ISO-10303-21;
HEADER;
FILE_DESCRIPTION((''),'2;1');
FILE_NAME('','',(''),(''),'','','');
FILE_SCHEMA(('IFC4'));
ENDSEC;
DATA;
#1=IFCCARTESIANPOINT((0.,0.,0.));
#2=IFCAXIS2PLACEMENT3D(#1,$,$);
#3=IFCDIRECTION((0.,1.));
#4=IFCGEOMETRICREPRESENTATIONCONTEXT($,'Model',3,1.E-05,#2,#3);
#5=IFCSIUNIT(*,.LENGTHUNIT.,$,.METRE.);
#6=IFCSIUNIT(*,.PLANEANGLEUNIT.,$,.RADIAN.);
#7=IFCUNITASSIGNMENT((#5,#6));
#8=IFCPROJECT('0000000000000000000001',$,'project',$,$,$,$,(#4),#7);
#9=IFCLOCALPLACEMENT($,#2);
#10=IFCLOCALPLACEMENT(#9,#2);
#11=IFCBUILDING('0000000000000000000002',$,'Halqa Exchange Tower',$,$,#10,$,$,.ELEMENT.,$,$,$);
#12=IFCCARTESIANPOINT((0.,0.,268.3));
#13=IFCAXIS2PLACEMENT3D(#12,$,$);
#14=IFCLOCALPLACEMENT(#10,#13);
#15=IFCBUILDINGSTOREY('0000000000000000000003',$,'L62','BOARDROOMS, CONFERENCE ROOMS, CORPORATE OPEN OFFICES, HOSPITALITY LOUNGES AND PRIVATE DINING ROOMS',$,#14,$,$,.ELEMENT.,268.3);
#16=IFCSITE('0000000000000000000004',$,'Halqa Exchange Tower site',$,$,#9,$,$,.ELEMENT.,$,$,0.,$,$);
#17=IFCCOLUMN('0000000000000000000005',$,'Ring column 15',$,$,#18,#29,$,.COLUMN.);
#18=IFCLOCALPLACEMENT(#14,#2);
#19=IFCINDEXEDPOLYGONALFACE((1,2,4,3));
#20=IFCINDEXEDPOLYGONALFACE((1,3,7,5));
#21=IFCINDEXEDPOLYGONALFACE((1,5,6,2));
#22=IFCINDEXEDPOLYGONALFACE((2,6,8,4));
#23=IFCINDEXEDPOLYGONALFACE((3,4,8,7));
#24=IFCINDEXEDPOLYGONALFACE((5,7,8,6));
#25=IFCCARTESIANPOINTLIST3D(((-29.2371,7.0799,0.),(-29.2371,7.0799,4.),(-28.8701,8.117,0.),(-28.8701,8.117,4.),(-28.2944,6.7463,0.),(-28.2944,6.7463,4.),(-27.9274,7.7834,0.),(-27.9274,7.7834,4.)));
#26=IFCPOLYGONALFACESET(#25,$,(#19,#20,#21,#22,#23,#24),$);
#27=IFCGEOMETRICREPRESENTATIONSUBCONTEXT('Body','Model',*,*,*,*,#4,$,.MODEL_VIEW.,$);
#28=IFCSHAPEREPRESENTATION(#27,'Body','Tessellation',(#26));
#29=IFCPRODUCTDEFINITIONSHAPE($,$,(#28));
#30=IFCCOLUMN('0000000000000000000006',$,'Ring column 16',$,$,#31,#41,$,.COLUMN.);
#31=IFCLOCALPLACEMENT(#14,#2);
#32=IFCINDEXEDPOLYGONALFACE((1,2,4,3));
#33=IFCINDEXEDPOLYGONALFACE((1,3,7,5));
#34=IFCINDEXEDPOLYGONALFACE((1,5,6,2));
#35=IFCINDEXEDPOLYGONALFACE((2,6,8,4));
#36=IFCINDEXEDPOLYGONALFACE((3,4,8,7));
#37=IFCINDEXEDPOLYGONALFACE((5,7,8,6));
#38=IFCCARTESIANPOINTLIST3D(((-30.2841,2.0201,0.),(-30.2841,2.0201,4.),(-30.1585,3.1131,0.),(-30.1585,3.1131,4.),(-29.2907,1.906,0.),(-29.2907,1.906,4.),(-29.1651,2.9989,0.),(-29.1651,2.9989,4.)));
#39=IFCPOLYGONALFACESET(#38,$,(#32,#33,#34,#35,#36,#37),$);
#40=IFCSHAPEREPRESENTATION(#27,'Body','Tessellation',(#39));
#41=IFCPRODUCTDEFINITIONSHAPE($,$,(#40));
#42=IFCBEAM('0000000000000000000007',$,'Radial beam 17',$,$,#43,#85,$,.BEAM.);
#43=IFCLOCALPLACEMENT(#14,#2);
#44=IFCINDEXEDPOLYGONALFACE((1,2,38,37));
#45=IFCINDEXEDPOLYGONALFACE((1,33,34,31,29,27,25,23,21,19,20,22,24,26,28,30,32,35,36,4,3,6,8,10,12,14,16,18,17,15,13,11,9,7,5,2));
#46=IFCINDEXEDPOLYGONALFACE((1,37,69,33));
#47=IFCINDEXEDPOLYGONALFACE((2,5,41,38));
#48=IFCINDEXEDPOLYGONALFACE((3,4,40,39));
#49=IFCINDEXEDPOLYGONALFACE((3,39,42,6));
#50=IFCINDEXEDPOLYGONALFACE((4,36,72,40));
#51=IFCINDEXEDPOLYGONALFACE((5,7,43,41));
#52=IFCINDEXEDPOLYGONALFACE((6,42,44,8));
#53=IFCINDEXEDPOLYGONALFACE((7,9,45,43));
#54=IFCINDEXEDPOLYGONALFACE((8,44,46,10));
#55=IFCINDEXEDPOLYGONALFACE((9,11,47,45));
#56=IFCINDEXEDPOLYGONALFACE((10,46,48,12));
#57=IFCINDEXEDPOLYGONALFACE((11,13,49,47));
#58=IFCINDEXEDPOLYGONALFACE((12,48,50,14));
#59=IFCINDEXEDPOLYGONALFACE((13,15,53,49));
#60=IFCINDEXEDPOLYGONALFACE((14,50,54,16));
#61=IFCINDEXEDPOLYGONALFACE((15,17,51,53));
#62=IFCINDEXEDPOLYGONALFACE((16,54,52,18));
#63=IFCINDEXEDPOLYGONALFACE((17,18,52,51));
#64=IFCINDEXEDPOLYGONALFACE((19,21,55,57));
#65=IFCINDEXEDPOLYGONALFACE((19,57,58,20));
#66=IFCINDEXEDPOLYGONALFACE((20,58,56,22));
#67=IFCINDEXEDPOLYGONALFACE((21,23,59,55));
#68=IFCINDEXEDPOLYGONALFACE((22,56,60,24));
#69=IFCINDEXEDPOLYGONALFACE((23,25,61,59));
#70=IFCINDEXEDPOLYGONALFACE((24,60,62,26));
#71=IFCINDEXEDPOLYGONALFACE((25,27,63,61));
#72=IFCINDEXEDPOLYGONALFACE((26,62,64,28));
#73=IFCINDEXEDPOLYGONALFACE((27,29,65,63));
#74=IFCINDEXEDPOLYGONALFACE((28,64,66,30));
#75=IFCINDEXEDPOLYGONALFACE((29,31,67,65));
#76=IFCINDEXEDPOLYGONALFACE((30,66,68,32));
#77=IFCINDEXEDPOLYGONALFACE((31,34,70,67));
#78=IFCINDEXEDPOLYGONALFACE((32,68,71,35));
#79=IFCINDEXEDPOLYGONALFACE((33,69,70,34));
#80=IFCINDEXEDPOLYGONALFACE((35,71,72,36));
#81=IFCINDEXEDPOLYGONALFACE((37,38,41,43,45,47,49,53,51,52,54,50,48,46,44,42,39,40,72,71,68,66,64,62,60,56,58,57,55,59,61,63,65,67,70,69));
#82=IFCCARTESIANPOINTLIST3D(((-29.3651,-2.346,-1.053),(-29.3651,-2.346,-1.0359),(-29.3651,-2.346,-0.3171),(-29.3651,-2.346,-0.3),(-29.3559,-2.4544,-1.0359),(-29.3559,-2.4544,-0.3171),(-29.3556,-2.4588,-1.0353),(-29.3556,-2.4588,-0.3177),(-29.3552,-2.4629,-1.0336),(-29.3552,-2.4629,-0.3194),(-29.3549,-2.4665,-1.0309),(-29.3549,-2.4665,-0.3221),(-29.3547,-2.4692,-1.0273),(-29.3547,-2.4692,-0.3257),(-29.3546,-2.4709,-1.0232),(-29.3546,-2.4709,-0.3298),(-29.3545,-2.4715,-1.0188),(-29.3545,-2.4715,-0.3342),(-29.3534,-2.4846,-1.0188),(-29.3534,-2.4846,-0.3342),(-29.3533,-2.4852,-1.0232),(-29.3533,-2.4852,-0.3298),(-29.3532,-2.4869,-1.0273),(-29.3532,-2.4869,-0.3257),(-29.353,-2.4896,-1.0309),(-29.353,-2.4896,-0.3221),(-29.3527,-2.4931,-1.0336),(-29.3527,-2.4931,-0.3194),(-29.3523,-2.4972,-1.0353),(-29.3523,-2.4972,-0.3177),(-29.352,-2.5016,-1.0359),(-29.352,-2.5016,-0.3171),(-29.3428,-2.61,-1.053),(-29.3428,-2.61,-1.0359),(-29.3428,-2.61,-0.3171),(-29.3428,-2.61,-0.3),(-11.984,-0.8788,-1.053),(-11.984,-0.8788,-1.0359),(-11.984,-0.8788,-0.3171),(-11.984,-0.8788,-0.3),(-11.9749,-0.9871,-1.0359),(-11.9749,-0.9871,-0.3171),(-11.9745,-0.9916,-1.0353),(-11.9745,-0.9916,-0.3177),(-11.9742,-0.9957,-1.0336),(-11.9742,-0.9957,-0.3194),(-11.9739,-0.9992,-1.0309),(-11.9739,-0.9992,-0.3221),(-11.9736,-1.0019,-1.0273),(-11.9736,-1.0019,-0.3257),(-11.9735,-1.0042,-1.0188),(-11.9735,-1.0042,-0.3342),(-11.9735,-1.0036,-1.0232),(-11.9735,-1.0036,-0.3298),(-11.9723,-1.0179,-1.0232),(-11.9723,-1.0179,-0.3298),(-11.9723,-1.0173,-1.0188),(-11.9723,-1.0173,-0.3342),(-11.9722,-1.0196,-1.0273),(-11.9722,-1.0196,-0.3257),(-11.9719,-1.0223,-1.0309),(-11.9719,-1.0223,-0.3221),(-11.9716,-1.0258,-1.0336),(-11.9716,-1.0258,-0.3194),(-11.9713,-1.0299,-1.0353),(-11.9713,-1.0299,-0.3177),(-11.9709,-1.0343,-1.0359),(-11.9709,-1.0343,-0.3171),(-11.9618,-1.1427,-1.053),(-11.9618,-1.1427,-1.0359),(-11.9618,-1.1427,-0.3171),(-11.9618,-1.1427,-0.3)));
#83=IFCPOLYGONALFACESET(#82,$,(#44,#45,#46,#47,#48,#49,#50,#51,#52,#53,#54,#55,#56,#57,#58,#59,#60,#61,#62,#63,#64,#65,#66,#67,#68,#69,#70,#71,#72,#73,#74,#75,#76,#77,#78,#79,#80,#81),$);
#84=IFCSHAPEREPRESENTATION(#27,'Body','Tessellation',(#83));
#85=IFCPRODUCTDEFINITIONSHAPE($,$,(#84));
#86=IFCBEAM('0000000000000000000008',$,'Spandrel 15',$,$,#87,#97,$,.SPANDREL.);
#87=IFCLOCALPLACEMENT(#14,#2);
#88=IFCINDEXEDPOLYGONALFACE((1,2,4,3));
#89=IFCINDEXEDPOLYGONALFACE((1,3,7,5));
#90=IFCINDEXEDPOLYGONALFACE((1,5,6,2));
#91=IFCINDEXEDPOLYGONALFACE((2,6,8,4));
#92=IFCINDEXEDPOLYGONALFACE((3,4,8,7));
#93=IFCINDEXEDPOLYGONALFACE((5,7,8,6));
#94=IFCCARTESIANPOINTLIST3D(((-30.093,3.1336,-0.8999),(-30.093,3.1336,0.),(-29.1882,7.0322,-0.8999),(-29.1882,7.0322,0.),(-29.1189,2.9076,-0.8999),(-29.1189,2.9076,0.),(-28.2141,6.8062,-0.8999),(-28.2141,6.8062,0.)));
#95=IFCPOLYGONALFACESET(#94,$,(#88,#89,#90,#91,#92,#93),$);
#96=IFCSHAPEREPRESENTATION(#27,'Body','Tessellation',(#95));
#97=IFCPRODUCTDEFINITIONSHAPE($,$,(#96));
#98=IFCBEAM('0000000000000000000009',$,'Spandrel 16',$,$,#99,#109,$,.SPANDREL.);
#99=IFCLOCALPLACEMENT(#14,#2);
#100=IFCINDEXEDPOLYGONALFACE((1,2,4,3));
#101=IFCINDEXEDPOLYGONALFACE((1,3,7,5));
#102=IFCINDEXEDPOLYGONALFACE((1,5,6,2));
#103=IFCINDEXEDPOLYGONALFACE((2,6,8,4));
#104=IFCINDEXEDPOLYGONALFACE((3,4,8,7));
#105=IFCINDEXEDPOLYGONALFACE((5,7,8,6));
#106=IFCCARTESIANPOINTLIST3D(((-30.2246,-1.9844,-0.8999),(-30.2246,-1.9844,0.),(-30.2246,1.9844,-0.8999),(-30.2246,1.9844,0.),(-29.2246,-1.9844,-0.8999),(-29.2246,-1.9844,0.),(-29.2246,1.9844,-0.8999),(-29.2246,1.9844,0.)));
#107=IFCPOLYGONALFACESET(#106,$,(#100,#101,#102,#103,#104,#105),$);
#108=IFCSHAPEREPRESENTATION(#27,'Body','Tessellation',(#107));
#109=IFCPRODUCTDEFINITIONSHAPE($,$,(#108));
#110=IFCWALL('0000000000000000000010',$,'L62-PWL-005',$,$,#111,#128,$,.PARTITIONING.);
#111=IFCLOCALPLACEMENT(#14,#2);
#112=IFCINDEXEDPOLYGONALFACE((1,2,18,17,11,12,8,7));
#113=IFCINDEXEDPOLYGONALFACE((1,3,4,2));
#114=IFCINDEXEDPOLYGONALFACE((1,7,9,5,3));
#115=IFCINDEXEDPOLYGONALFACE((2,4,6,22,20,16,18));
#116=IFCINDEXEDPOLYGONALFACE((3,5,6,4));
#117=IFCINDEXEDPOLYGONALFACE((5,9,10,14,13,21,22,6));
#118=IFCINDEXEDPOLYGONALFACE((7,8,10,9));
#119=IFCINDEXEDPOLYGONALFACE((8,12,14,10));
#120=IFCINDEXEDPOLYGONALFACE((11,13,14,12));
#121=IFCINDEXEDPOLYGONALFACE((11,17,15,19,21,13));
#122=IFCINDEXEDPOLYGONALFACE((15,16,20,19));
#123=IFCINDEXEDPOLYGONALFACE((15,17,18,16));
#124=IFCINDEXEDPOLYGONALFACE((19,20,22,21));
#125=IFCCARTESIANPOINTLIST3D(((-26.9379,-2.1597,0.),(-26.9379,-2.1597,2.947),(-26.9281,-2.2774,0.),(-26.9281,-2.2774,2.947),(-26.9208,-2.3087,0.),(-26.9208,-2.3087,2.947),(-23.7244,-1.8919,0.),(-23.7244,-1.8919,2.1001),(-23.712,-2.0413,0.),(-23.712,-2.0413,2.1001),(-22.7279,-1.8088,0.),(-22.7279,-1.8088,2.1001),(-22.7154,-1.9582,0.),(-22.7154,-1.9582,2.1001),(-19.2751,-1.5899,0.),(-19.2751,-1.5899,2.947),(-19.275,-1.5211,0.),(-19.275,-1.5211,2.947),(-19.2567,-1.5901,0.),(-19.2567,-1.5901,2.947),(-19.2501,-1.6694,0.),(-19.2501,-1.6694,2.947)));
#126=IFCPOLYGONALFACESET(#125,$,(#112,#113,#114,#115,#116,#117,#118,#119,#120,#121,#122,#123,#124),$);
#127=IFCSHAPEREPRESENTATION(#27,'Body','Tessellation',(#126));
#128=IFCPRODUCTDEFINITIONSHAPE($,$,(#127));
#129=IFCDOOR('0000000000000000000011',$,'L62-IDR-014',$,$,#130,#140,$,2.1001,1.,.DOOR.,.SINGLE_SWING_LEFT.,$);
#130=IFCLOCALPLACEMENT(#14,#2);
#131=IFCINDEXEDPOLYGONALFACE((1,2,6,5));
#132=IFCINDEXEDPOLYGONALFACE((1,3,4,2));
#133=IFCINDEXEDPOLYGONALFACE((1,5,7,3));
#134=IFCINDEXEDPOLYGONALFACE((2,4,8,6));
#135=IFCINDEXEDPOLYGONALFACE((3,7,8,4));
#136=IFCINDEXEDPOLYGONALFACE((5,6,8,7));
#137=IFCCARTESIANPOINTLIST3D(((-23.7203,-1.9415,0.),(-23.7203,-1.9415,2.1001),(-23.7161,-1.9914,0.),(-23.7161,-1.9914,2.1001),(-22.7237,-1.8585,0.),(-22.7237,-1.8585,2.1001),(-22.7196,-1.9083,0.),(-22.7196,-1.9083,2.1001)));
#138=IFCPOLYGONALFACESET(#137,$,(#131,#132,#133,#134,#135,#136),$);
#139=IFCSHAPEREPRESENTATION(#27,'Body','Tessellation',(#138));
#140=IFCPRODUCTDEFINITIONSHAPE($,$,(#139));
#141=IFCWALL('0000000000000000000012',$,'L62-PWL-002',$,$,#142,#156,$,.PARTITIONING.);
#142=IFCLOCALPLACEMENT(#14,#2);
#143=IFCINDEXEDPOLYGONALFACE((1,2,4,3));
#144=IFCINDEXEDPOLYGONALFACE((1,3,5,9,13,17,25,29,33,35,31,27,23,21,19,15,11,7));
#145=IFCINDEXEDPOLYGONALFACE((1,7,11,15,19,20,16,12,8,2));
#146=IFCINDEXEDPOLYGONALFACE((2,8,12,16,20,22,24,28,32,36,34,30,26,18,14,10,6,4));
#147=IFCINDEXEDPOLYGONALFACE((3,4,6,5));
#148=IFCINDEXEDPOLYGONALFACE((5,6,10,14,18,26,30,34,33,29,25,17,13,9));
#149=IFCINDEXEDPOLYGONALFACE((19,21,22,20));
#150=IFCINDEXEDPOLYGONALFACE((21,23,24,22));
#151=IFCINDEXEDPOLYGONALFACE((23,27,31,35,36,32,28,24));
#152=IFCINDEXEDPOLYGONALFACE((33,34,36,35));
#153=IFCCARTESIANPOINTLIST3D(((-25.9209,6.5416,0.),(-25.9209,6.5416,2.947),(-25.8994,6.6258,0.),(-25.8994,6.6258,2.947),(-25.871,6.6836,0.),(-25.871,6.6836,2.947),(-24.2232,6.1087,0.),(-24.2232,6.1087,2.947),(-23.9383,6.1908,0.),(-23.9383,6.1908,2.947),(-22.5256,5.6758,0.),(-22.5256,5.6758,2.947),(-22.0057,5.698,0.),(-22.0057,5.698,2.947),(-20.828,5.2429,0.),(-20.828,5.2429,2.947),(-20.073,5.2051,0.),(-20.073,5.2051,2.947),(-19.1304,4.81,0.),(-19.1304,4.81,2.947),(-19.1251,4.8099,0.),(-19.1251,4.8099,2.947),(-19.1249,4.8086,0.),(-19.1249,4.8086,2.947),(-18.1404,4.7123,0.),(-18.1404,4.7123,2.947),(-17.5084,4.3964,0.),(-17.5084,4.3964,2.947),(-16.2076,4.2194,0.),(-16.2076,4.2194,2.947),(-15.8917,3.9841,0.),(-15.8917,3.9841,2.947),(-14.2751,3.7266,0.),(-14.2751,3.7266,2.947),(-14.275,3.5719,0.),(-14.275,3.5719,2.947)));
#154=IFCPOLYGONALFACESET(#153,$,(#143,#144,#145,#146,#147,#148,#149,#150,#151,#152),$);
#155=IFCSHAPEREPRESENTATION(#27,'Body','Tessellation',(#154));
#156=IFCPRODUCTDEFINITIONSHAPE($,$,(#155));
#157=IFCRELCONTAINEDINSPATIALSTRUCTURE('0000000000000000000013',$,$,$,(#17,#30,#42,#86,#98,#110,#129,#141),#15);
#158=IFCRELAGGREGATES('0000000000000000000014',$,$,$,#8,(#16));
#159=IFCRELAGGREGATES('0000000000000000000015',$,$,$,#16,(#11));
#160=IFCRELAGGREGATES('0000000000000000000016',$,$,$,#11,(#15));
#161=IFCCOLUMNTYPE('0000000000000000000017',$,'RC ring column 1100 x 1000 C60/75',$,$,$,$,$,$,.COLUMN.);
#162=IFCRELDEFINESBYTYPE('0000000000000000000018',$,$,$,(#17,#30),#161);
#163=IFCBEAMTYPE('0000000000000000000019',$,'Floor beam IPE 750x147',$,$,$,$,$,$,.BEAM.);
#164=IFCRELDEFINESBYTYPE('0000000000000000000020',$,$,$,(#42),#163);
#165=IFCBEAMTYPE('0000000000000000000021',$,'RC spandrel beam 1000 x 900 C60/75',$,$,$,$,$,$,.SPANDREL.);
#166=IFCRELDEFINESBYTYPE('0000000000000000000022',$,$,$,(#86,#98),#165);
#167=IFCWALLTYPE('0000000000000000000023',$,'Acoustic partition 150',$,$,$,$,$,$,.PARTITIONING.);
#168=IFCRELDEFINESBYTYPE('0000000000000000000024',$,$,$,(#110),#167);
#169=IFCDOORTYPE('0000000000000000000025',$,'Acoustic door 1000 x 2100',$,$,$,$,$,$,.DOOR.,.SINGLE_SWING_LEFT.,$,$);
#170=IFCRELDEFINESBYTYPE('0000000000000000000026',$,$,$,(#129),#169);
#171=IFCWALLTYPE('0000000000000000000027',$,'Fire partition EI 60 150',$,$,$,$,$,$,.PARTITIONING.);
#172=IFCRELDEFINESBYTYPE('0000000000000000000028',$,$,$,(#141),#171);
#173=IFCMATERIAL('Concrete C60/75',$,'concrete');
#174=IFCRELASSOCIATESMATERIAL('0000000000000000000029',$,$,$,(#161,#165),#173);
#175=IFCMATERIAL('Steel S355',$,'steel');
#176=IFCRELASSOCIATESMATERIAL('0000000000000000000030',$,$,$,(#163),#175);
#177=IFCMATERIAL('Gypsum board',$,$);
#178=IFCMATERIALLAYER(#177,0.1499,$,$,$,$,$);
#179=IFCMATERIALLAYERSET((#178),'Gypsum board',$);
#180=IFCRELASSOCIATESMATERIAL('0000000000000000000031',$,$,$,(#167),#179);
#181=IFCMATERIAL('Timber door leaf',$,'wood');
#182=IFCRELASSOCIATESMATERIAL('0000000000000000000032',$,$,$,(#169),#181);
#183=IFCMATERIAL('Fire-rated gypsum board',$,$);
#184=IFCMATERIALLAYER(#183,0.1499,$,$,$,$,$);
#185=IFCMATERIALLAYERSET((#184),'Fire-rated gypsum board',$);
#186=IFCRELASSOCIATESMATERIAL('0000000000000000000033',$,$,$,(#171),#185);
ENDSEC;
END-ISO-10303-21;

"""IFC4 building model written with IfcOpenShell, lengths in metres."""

from ifc_helpers import new_model, si_unit, direction, frame, frame_2d, origin, origin_2d, place, context, subcontext, project, spatial, polyline, rectangle, i_section, outline, extrude, material, layer, layer_set, material_profile, profile_set, type_object, element, fill, save


model = new_model("IFC4")

# Units and contexts
model_context = context("Model", 3, precision=1e-05, world=origin(), true_north=direction((0.0, 1.0)))
body_context = subcontext(model_context, "Body", "Model", "MODEL_VIEW")
ifc_project = project(units=[si_unit("LENGTHUNIT", "METRE"), si_unit("PLANEANGLEUNIT", "RADIAN")], contexts=[model_context])

# Site, building, storey
site_placement = place(None, origin())
site = spatial("IfcSite", under=ifc_project, at=site_placement, Name="Halqa Exchange Tower site", CompositionType="ELEMENT", RefElevation=0.0)
building_placement = place(site_placement, origin())
building = spatial("IfcBuilding", under=site, at=building_placement, Name="Halqa Exchange Tower", CompositionType="ELEMENT")
storey_placement = place(building_placement, frame((0.0, 0.0, 268.3)))
storey = spatial("IfcBuildingStorey", under=building, at=storey_placement, Name="L62", Description="BOARDROOMS, CONFERENCE ROOMS, CORPORATE OPEN OFFICES, HOSPITALITY LOUNGES AND PRIVATE DINING ROOMS", CompositionType="ELEMENT", Elevation=268.3)

# Columns
ifc_material_1 = material(Name="Concrete C60/75", Category="concrete")
ifc_material_profile_1 = material_profile(ifc_material_1, rectangle(XDim=1.1001, YDim=1.0, at=origin_2d()), Name="1100 x 1000")
ifc_profile_set_1 = profile_set([ifc_material_profile_1], Name="Concrete C60/75")
column_type = type_object("IfcColumnType", Name="RC ring column 1100 x 1000 C60/75", PredefinedType="COLUMN", material=ifc_profile_set_1)
for number, where, z_axis, x_axis, name in (
    (1, (-28.5823, 7.4316, 0.0), (0.0, 0.0, 1.0), (-0.333628, -0.942705, 0.0), "Ring column 15"),
    (2, (-29.7246, 2.5095, 0.0), (0.0, 0.0, 1.0), (-0.114155, -0.993463, 0.0), "Ring column 16"),
):
    element("IfcColumn", number, at=place(storey_placement, frame(where, z_axis=z_axis, x_axis=x_axis)), inside=storey, type_object=column_type, Name=name, PredefinedType="COLUMN", context=body_context, shape_type="SweptSolid", body=[
        extrude(rectangle(XDim=1.1001, YDim=1.0, at=origin_2d()), origin(), (0.0, 0.0, 1.0), 4.0),
    ])

# Beams
ifc_material_2 = material(Name="Steel S355", Category="steel")
ifc_material_profile_2 = material_profile(ifc_material_2, i_section(OverallWidth=0.2649, OverallDepth=0.7529, WebThickness=0.0132, FlangeThickness=0.0171, FilletRadius=0.0171, at=origin_2d()), Name="IPE 750x147")
ifc_profile_set_2 = profile_set([ifc_material_profile_2], Name="Steel S355")
beam_type_1 = type_object("IfcBeamType", Name="Floor beam IPE 750x147", PredefinedType="BEAM", material=ifc_profile_set_2)
beam_1_placement = place(storey_placement, frame((-11.9729, -1.0107, -0.6765), z_axis=(-0.996456, -0.084119, 0.0), x_axis=(0.084119, -0.996456, 0.0)))
element("IfcBeam", 3, at=beam_1_placement, inside=storey, type_object=beam_type_1, Name="Radial beam 17", PredefinedType="BEAM", context=body_context, shape_type="SweptSolid", body=[
    extrude(i_section(OverallWidth=0.2649, OverallDepth=0.7529, WebThickness=0.0132, FlangeThickness=0.0171, FilletRadius=0.0171, at=origin_2d()), origin(), (0.0, 0.0, 1.0), 17.4429),
])
ifc_material_profile_3 = material_profile(ifc_material_1, rectangle(XDim=1.0, YDim=0.8999, at=origin_2d()), Name="1000 x 900")
ifc_profile_set_3 = profile_set([ifc_material_profile_3], Name="Concrete C60/75")
beam_type_2 = type_object("IfcBeamType", Name="RC spandrel beam 1000 x 900 C60/75", PredefinedType="SPANDREL", material=ifc_profile_set_3)
beam_2_placement = place(storey_placement, frame((-28.7012, 6.9192, -0.45), z_axis=(-0.226067, -0.974112, 0.0), x_axis=(0.974112, -0.226067, 0.0)))
element("IfcBeam", 4, at=beam_2_placement, inside=storey, type_object=beam_type_2, Name="Spandrel 15", PredefinedType="SPANDREL", context=body_context, shape_type="SweptSolid", body=[
    extrude(rectangle(XDim=1.0, YDim=0.8999, at=origin_2d()), origin(), (0.0, 0.0, 1.0), 4.0022),
])
beam_3_placement = place(storey_placement, frame((-29.7246, 1.9844, -0.45), z_axis=(0.0, -1.0, 0.0), x_axis=(1.0, 0.0, 0.0)))
element("IfcBeam", 5, at=beam_3_placement, inside=storey, type_object=beam_type_2, Name="Spandrel 16", PredefinedType="SPANDREL", context=body_context, shape_type="SweptSolid", body=[
    extrude(rectangle(XDim=1.0, YDim=0.8999, at=origin_2d()), origin(), (0.0, 0.0, 1.0), 3.9688),
])

# Wall, opening, door
ifc_material_3 = material(Name="Gypsum board")
ifc_layer_1 = layer(ifc_material_3, 0.1499)
ifc_layer_set_1 = layer_set([ifc_layer_1], Name="Gypsum board")
wall_type_1 = type_object("IfcWallType", Name="Acoustic partition 150", PredefinedType="PARTITIONING", material=ifc_layer_set_1)
wall_1_placement = place(storey_placement, frame((-19.2563, -1.5947, 0.0), z_axis=(0.0, 0.0, 1.0), x_axis=(-0.996545, -0.083051, 0.0)))
wall_1 = element("IfcWall", 6, at=wall_1_placement, inside=storey, type_object=wall_type_1, Name="L62-PWL-005", PredefinedType="PARTITIONING", context=body_context, shape_type="SweptSolid", body=[
    extrude(outline(polyline([(7.7019, -0.075), (7.7019, 0.0432), (7.6973, 0.075), (5.7729, 0.075), (3.8486, 0.075), (1.9243, 0.075), (0.0, 0.075), (0.0, -0.0046), (0.0183, -0.0063), (0.0125, -0.075), (1.9348, -0.075), (3.8572, -0.075), (5.7795, -0.075), (7.7019, -0.075)])), origin(), (0.0, 0.0, 1.0), 2.947),
])
opening_1_placement = place(wall_1_placement, frame((3.4773, 0.0, 0.0)))
opening_1 = element("IfcOpeningElement", 7, at=opening_1_placement, cuts=wall_1, PredefinedType="OPENING", context=body_context, shape_type="SweptSolid", body=[
    extrude(rectangle(XDim=1.0, YDim=2.1001, at=frame_2d((0.5, 1.05))), frame((0.0, 0.0869, 0.0), z_axis=(0.0, -1.0, 0.0), x_axis=(1.0, 0.0, 0.0)), (0.0, 0.0, 1.0), 0.1738),
])
ifc_material_4 = material(Name="Timber door leaf", Category="wood")
door_type_1 = type_object("IfcDoorType", Name="Acoustic door 1000 x 2100", OperationType="SINGLE_SWING_LEFT", PredefinedType="DOOR", material=ifc_material_4)
door_1_placement = place(opening_1_placement, origin())
door_1 = element("IfcDoor", 8, at=door_1_placement, inside=storey, type_object=door_type_1, Name="L62-IDR-014", OperationType="SINGLE_SWING_LEFT", OverallHeight=2.1001, OverallWidth=1.0, PredefinedType="DOOR", context=body_context, shape_type="SweptSolid", body=[
    extrude(rectangle(XDim=1.0, YDim=2.1001, at=frame_2d((0.5, 1.05))), frame((0.0, 0.0249, 0.0), z_axis=(0.0, -1.0, 0.0), x_axis=(1.0, 0.0, 0.0)), (0.0, 0.0, 1.0), 0.05),
])
fill(opening_1, door_1)

# Wall
ifc_material_5 = material(Name="Fire-rated gypsum board")
ifc_layer_2 = layer(ifc_material_5, 0.1499)
ifc_layer_set_2 = layer_set([ifc_layer_2], Name="Fire-rated gypsum board")
wall_type_2 = type_object("IfcWallType", Name="Fire partition EI 60 150", PredefinedType="PARTITIONING", material=ifc_layer_set_2)
wall_2_placement = place(storey_placement, frame((-25.9023, 6.6143, 0.0), z_axis=(0.0, 0.0, 1.0), x_axis=(0.968991, -0.247098, 0.0)))
element("IfcWall", 9, at=wall_2_placement, inside=storey, type_object=wall_type_2, Name="L62-PWL-002", PredefinedType="PARTITIONING", context=body_context, shape_type="SweptSolid", body=[
    extrude(outline(polyline([(0.0, -0.075), (1.752, -0.075), (3.5039, -0.075), (5.2559, -0.075), (7.0078, -0.075), (7.0129, -0.0737), (7.0134, -0.075), (8.6816, -0.075), (10.3501, -0.075), (12.0186, -0.075), (11.9802, 0.075), (9.9858, 0.075), (7.9912, 0.075), (5.9968, 0.075), (4.0022, 0.075), (2.0078, 0.075), (0.0132, 0.075), (0.0, 0.012), (0.0, -0.075)])), origin(), (0.0, 0.0, 1.0), 2.947),
])

save(model, "model.ifc")
